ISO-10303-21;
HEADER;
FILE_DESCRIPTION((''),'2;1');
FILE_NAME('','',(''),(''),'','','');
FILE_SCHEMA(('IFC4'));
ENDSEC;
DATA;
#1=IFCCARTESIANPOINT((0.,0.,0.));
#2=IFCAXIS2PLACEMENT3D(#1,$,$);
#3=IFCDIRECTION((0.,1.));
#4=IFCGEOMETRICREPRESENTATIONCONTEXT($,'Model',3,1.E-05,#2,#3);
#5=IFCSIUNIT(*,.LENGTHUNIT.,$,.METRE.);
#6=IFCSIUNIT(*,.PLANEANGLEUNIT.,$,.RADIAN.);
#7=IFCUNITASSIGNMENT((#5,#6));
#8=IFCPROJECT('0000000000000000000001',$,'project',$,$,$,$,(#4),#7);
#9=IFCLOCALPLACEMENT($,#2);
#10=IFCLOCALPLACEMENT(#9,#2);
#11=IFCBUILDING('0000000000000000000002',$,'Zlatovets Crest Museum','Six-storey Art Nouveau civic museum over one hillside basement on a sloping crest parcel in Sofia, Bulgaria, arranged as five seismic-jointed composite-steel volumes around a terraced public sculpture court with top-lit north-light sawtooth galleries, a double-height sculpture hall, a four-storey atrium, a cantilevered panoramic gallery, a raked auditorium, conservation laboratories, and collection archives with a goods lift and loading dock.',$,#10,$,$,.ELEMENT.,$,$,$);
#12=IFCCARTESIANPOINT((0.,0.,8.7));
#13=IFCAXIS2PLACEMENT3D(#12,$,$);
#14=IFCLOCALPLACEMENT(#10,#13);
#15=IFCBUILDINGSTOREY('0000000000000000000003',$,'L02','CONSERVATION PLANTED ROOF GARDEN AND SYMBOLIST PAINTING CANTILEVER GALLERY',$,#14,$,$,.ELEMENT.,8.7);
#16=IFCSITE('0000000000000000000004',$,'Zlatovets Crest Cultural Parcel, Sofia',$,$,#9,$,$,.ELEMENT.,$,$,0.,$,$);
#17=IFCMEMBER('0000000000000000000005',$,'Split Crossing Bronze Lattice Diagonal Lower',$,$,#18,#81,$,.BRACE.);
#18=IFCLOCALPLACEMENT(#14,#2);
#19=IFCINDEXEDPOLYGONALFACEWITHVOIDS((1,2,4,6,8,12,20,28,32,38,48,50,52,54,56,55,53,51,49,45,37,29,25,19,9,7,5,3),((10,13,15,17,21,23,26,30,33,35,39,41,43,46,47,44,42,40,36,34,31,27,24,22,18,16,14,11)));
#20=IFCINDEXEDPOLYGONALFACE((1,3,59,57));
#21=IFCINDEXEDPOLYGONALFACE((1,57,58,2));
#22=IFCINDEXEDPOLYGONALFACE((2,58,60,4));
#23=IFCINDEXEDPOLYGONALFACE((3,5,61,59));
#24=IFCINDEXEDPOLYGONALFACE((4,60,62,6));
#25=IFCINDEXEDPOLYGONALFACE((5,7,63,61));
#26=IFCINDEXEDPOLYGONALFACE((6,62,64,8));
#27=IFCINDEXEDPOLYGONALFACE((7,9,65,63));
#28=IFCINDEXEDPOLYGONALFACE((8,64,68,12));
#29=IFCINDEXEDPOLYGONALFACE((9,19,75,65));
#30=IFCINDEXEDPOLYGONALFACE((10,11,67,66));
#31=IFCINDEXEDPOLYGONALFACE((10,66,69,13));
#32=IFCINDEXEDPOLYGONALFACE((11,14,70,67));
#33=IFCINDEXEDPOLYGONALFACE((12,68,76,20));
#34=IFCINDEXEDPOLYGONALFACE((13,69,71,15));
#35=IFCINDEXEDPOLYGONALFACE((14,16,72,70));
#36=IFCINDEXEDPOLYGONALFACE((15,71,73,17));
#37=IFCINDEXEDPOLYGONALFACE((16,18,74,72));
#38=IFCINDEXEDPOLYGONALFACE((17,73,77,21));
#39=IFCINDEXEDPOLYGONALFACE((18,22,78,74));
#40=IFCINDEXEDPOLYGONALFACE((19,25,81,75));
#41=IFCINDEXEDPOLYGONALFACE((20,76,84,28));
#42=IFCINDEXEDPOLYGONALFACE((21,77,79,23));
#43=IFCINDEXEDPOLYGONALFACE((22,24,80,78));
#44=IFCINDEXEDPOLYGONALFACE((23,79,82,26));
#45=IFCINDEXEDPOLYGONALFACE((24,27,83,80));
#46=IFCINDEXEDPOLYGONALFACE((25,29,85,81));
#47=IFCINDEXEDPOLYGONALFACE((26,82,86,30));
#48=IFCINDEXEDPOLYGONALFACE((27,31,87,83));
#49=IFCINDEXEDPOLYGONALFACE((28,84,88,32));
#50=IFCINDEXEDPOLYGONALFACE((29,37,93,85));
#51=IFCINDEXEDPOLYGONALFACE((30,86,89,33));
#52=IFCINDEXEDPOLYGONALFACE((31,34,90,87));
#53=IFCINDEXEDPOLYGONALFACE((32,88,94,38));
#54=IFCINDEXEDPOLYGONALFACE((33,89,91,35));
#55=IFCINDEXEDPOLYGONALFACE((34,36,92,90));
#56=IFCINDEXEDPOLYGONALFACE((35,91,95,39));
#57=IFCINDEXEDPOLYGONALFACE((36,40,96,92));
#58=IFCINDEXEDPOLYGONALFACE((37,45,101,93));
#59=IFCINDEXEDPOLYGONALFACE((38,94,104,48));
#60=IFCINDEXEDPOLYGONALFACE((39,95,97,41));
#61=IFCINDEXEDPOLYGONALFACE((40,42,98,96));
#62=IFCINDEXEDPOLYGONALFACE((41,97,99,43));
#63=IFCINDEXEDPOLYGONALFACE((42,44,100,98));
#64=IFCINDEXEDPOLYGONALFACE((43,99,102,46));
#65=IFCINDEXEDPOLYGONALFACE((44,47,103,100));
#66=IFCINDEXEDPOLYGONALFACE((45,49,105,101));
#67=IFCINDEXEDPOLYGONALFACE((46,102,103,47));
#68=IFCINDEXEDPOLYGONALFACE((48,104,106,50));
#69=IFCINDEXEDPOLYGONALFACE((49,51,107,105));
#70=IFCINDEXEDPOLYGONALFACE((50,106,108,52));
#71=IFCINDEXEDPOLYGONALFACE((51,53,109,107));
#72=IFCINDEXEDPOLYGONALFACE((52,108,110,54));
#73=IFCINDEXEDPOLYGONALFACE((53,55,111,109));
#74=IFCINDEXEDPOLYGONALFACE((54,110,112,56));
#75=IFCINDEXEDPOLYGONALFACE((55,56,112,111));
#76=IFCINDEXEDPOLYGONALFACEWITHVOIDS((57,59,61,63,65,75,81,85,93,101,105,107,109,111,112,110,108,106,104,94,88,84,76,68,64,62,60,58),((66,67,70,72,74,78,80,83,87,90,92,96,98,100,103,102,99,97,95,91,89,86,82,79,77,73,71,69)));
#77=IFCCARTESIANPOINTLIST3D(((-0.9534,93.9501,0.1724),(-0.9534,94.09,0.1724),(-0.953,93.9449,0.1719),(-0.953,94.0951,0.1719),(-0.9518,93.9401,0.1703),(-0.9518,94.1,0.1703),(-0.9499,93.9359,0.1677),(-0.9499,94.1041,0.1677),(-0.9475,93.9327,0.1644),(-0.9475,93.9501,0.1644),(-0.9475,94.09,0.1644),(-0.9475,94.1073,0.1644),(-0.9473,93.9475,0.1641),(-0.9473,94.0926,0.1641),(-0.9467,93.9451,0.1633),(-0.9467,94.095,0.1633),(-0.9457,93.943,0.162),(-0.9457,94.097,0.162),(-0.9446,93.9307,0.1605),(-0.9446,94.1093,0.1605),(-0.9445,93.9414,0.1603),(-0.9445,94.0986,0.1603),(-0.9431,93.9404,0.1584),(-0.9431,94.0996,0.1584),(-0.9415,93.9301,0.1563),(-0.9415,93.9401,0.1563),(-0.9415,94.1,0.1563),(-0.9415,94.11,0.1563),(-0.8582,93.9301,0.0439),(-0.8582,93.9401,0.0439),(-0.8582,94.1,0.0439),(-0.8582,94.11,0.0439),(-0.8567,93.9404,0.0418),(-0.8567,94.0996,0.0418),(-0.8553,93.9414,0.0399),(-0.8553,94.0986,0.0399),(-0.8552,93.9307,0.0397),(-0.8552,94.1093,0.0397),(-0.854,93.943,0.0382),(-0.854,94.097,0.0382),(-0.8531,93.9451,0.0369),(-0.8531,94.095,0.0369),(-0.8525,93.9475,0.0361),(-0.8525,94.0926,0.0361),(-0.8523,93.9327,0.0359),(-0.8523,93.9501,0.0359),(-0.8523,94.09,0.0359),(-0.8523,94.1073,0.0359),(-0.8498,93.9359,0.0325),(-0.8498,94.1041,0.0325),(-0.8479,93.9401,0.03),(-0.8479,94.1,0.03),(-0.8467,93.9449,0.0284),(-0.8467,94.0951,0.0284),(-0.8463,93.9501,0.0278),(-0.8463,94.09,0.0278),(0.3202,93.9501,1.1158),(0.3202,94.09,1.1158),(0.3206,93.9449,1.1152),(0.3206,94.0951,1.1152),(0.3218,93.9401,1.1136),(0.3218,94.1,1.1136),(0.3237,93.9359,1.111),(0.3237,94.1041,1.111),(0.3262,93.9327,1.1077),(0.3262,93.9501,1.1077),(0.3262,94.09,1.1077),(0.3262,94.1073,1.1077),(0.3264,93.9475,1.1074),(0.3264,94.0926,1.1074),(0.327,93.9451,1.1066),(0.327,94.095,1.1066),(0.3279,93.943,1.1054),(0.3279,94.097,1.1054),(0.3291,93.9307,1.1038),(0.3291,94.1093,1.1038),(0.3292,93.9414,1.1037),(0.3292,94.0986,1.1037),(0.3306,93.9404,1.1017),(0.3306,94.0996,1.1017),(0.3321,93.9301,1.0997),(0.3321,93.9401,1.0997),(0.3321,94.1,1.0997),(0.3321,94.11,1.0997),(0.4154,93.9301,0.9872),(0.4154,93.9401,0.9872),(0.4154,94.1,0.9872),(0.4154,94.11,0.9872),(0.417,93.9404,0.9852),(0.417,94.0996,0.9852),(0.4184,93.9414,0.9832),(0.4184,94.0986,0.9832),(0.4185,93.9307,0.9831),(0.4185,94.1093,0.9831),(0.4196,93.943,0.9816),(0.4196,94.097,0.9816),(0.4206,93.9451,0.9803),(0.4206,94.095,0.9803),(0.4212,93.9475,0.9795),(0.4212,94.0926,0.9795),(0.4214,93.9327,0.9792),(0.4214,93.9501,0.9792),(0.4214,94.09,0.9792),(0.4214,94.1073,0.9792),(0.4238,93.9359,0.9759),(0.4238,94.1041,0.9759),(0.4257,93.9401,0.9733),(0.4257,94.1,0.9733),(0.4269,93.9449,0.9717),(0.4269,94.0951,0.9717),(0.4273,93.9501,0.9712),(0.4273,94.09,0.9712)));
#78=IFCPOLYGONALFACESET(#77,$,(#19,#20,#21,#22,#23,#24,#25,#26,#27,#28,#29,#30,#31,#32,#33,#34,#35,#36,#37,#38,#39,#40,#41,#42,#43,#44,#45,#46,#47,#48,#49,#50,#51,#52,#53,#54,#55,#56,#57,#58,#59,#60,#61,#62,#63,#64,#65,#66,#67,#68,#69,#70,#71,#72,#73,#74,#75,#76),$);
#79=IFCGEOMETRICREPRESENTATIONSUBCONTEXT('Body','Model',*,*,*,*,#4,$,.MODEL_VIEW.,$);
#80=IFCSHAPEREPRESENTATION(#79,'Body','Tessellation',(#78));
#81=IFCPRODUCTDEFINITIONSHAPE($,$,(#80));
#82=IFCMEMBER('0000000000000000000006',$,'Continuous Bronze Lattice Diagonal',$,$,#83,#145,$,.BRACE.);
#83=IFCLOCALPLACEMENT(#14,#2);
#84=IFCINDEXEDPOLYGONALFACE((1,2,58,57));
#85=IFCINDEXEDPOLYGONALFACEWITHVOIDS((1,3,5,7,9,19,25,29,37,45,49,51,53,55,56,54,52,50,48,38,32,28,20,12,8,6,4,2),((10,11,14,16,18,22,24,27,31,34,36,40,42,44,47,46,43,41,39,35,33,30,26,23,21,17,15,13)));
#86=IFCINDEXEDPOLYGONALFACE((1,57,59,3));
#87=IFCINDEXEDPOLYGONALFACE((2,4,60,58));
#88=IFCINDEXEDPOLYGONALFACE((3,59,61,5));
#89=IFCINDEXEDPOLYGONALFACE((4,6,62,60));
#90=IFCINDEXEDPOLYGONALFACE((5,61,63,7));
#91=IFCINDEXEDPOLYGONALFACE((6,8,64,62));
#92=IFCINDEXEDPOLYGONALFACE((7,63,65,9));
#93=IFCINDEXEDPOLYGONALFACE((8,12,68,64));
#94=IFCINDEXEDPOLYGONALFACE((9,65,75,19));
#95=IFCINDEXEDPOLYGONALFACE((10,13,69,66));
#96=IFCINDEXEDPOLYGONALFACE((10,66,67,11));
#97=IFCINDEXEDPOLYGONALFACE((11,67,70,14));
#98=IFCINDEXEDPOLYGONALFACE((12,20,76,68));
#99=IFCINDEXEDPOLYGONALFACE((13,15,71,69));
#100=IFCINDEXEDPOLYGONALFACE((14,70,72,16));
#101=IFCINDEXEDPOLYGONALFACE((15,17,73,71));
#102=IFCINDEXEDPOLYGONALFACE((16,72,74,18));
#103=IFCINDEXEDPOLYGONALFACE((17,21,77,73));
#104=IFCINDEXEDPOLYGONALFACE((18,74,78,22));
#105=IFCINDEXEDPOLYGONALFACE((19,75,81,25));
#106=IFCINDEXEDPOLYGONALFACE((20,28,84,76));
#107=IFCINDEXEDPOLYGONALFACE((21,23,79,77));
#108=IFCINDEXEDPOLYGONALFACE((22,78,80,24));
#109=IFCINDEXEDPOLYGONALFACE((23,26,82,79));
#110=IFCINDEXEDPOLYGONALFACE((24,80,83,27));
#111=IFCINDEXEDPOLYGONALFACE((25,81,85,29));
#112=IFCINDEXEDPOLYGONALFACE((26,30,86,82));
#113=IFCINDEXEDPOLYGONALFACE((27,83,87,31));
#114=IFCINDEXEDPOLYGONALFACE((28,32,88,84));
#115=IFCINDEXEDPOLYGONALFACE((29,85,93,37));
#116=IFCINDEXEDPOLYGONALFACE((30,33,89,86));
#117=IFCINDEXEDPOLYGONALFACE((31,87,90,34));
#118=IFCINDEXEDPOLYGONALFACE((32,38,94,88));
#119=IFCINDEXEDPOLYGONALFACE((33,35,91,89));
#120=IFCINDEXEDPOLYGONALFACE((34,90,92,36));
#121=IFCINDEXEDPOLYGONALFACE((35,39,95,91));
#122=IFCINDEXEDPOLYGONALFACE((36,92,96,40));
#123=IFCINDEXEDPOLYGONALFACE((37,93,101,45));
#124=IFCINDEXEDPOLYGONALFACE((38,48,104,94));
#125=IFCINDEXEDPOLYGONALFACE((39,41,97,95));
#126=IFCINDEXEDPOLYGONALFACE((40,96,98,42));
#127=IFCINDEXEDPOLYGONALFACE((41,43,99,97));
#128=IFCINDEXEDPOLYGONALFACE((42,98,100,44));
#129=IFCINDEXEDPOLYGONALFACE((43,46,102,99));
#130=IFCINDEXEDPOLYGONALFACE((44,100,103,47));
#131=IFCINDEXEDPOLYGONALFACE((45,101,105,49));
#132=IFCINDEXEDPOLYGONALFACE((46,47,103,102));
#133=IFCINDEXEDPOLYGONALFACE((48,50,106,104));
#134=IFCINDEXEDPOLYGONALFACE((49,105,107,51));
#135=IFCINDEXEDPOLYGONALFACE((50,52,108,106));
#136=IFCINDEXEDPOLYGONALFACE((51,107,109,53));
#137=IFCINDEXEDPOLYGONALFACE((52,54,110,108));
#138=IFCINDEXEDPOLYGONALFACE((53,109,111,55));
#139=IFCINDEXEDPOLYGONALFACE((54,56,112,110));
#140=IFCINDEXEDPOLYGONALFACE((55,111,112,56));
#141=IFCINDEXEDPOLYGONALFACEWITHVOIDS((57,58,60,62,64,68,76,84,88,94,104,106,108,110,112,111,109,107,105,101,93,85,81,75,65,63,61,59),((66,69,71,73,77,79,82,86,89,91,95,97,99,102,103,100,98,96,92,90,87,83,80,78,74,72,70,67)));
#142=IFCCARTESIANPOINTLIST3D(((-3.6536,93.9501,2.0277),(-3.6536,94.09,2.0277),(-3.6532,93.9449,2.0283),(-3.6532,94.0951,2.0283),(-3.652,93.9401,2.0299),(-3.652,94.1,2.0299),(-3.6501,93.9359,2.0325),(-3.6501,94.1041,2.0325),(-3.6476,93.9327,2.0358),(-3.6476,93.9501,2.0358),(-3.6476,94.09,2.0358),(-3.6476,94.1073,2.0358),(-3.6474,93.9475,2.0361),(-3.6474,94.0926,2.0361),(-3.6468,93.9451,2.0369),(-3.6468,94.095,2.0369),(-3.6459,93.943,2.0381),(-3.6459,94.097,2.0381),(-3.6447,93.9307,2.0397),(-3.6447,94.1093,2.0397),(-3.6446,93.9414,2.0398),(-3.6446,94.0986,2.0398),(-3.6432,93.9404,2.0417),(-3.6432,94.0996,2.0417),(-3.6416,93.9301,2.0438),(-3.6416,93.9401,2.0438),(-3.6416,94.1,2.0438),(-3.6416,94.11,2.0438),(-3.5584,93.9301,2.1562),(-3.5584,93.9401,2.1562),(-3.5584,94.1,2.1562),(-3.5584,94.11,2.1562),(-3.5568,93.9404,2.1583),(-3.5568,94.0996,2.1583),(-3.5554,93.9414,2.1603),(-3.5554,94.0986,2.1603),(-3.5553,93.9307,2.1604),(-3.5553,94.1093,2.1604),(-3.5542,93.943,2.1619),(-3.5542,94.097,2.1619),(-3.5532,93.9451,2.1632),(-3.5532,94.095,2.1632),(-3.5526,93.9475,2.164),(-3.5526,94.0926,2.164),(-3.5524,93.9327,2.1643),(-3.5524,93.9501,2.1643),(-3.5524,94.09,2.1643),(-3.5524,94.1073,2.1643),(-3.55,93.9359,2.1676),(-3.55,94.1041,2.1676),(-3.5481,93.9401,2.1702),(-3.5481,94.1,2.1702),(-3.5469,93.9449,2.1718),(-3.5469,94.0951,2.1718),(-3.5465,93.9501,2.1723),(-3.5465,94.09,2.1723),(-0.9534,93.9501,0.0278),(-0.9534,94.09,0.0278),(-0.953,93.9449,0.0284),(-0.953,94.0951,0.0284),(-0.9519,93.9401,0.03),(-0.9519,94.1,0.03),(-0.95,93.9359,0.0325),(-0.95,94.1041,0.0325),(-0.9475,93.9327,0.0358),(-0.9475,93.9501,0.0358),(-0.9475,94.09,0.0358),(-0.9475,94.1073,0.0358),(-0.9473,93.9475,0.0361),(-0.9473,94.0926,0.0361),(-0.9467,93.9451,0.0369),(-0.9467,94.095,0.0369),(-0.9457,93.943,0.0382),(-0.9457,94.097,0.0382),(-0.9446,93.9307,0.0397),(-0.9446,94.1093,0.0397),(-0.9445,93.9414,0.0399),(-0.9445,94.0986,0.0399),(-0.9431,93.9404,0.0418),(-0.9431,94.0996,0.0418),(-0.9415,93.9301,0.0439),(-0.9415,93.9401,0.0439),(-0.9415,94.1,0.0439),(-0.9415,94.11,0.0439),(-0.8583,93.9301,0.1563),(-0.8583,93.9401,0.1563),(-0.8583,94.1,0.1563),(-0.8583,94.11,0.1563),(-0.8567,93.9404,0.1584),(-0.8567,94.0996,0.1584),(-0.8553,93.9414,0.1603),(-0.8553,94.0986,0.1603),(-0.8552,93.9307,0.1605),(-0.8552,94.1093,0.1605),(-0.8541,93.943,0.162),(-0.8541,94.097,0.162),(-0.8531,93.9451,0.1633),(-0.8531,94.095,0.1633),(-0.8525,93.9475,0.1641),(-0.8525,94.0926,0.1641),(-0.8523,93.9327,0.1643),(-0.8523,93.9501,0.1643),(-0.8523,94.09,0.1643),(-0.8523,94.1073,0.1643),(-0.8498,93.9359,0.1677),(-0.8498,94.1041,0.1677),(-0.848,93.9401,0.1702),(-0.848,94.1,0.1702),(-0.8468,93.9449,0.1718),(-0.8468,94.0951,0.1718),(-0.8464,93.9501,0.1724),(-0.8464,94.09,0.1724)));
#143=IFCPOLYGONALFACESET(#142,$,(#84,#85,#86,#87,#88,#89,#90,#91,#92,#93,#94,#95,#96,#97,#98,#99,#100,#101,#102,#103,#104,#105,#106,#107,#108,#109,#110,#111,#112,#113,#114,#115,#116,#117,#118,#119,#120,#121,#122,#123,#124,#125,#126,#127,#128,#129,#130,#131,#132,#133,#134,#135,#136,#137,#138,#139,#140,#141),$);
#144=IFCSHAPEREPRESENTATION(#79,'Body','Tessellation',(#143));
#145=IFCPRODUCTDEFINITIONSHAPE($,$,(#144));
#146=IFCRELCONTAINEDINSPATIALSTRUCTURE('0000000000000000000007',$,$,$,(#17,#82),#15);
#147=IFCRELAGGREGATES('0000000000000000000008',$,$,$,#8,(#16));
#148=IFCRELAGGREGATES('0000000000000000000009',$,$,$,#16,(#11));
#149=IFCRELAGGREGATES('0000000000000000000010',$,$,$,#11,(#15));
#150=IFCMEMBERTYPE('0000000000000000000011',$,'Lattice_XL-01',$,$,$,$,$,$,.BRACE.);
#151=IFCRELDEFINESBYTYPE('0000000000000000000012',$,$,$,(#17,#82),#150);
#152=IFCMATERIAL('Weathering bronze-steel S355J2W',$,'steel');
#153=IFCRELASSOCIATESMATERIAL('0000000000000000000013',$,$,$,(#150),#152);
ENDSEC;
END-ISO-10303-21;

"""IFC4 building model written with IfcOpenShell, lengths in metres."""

from ifc_helpers import new_model, si_unit, direction, frame, origin, origin_2d, place, context, subcontext, project, spatial, hollow_rectangle, extrude, material, material_profile, profile_set, type_object, element, save


model = new_model("IFC4")

# Units and contexts
model_context = context("Model", 3, precision=1e-05, world=origin(), true_north=direction((0.0, 1.0)))
body_context = subcontext(model_context, "Body", "Model", "MODEL_VIEW")
ifc_project = project(units=[si_unit("LENGTHUNIT", "METRE"), si_unit("PLANEANGLEUNIT", "RADIAN")], contexts=[model_context])

# Site, building, storey
site_placement = place(None, origin())
site = spatial("IfcSite", under=ifc_project, at=site_placement, Name="Zlatovets Crest Cultural Parcel, Sofia", CompositionType="ELEMENT", RefElevation=0.0)
building_placement = place(site_placement, origin())
building = spatial("IfcBuilding", under=site, at=building_placement, Name="Zlatovets Crest Museum", Description="Six-storey Art Nouveau civic museum over one hillside basement on a sloping crest parcel in Sofia, Bulgaria, arranged as five seismic-jointed composite-steel volumes around a terraced public sculpture court with top-lit north-light sawtooth galleries, a double-height sculpture hall, a four-storey atrium, a cantilevered panoramic gallery, a raked auditorium, conservation laboratories, and collection archives with a goods lift and loading dock.", CompositionType="ELEMENT")
storey_placement = place(building_placement, frame((0.0, 0.0, 8.7)))
storey = spatial("IfcBuildingStorey", under=building, at=storey_placement, Name="L02", Description="CONSERVATION PLANTED ROOF GARDEN AND SYMBOLIST PAINTING CANTILEVER GALLERY", CompositionType="ELEMENT", Elevation=8.7)

# Members
ifc_material_1 = material(Name="Weathering bronze-steel S355J2W", Category="steel")
ifc_material_profile_1 = material_profile(ifc_material_1, hollow_rectangle(XDim=0.1799, YDim=0.1799, WallThickness=0.01, InnerFilletRadius=0.01, OuterFilletRadius=0.02, at=origin_2d()), Name="SHS 180x180x10.0")
ifc_profile_set_1 = profile_set([ifc_material_profile_1], Name="Weathering bronze-steel S355J2W")
member_type_1 = type_object("IfcMemberType", Name="Lattice_XL-01", PredefinedType="BRACE", material=ifc_profile_set_1)
member_1_placement = place(storey_placement, frame((0.3738, 94.02, 1.0435), z_axis=(-0.80359, 0.0, -0.595183), x_axis=(0.0, -1.0, 0.0)))
element("IfcMember", 1, at=member_1_placement, inside=storey, type_object=member_type_1, Name="Split Crossing Bronze Lattice Diagonal Lower", PredefinedType="BRACE", context=body_context, shape_type="SweptSolid", body=[
    extrude(hollow_rectangle(XDim=0.1799, YDim=0.1799, WallThickness=0.01, InnerFilletRadius=0.01, OuterFilletRadius=0.02, at=origin_2d()), origin(), (0.0, 0.0, 1.0), 1.585),
])
member_2_placement = place(storey_placement, frame((-0.8999, 94.02, 0.1001), z_axis=(-0.803578, 0.0, 0.5952), x_axis=(0.0, -1.0, 0.0)))
element("IfcMember", 2, at=member_2_placement, inside=storey, type_object=member_type_1, Name="Continuous Bronze Lattice Diagonal", PredefinedType="BRACE", context=body_context, shape_type="SweptSolid", body=[
    extrude(hollow_rectangle(XDim=0.1799, YDim=0.1799, WallThickness=0.01, InnerFilletRadius=0.01, OuterFilletRadius=0.02, at=origin_2d()), origin(), (0.0, 0.0, 1.0), 3.3601),
])

save(model, "model.ifc")
